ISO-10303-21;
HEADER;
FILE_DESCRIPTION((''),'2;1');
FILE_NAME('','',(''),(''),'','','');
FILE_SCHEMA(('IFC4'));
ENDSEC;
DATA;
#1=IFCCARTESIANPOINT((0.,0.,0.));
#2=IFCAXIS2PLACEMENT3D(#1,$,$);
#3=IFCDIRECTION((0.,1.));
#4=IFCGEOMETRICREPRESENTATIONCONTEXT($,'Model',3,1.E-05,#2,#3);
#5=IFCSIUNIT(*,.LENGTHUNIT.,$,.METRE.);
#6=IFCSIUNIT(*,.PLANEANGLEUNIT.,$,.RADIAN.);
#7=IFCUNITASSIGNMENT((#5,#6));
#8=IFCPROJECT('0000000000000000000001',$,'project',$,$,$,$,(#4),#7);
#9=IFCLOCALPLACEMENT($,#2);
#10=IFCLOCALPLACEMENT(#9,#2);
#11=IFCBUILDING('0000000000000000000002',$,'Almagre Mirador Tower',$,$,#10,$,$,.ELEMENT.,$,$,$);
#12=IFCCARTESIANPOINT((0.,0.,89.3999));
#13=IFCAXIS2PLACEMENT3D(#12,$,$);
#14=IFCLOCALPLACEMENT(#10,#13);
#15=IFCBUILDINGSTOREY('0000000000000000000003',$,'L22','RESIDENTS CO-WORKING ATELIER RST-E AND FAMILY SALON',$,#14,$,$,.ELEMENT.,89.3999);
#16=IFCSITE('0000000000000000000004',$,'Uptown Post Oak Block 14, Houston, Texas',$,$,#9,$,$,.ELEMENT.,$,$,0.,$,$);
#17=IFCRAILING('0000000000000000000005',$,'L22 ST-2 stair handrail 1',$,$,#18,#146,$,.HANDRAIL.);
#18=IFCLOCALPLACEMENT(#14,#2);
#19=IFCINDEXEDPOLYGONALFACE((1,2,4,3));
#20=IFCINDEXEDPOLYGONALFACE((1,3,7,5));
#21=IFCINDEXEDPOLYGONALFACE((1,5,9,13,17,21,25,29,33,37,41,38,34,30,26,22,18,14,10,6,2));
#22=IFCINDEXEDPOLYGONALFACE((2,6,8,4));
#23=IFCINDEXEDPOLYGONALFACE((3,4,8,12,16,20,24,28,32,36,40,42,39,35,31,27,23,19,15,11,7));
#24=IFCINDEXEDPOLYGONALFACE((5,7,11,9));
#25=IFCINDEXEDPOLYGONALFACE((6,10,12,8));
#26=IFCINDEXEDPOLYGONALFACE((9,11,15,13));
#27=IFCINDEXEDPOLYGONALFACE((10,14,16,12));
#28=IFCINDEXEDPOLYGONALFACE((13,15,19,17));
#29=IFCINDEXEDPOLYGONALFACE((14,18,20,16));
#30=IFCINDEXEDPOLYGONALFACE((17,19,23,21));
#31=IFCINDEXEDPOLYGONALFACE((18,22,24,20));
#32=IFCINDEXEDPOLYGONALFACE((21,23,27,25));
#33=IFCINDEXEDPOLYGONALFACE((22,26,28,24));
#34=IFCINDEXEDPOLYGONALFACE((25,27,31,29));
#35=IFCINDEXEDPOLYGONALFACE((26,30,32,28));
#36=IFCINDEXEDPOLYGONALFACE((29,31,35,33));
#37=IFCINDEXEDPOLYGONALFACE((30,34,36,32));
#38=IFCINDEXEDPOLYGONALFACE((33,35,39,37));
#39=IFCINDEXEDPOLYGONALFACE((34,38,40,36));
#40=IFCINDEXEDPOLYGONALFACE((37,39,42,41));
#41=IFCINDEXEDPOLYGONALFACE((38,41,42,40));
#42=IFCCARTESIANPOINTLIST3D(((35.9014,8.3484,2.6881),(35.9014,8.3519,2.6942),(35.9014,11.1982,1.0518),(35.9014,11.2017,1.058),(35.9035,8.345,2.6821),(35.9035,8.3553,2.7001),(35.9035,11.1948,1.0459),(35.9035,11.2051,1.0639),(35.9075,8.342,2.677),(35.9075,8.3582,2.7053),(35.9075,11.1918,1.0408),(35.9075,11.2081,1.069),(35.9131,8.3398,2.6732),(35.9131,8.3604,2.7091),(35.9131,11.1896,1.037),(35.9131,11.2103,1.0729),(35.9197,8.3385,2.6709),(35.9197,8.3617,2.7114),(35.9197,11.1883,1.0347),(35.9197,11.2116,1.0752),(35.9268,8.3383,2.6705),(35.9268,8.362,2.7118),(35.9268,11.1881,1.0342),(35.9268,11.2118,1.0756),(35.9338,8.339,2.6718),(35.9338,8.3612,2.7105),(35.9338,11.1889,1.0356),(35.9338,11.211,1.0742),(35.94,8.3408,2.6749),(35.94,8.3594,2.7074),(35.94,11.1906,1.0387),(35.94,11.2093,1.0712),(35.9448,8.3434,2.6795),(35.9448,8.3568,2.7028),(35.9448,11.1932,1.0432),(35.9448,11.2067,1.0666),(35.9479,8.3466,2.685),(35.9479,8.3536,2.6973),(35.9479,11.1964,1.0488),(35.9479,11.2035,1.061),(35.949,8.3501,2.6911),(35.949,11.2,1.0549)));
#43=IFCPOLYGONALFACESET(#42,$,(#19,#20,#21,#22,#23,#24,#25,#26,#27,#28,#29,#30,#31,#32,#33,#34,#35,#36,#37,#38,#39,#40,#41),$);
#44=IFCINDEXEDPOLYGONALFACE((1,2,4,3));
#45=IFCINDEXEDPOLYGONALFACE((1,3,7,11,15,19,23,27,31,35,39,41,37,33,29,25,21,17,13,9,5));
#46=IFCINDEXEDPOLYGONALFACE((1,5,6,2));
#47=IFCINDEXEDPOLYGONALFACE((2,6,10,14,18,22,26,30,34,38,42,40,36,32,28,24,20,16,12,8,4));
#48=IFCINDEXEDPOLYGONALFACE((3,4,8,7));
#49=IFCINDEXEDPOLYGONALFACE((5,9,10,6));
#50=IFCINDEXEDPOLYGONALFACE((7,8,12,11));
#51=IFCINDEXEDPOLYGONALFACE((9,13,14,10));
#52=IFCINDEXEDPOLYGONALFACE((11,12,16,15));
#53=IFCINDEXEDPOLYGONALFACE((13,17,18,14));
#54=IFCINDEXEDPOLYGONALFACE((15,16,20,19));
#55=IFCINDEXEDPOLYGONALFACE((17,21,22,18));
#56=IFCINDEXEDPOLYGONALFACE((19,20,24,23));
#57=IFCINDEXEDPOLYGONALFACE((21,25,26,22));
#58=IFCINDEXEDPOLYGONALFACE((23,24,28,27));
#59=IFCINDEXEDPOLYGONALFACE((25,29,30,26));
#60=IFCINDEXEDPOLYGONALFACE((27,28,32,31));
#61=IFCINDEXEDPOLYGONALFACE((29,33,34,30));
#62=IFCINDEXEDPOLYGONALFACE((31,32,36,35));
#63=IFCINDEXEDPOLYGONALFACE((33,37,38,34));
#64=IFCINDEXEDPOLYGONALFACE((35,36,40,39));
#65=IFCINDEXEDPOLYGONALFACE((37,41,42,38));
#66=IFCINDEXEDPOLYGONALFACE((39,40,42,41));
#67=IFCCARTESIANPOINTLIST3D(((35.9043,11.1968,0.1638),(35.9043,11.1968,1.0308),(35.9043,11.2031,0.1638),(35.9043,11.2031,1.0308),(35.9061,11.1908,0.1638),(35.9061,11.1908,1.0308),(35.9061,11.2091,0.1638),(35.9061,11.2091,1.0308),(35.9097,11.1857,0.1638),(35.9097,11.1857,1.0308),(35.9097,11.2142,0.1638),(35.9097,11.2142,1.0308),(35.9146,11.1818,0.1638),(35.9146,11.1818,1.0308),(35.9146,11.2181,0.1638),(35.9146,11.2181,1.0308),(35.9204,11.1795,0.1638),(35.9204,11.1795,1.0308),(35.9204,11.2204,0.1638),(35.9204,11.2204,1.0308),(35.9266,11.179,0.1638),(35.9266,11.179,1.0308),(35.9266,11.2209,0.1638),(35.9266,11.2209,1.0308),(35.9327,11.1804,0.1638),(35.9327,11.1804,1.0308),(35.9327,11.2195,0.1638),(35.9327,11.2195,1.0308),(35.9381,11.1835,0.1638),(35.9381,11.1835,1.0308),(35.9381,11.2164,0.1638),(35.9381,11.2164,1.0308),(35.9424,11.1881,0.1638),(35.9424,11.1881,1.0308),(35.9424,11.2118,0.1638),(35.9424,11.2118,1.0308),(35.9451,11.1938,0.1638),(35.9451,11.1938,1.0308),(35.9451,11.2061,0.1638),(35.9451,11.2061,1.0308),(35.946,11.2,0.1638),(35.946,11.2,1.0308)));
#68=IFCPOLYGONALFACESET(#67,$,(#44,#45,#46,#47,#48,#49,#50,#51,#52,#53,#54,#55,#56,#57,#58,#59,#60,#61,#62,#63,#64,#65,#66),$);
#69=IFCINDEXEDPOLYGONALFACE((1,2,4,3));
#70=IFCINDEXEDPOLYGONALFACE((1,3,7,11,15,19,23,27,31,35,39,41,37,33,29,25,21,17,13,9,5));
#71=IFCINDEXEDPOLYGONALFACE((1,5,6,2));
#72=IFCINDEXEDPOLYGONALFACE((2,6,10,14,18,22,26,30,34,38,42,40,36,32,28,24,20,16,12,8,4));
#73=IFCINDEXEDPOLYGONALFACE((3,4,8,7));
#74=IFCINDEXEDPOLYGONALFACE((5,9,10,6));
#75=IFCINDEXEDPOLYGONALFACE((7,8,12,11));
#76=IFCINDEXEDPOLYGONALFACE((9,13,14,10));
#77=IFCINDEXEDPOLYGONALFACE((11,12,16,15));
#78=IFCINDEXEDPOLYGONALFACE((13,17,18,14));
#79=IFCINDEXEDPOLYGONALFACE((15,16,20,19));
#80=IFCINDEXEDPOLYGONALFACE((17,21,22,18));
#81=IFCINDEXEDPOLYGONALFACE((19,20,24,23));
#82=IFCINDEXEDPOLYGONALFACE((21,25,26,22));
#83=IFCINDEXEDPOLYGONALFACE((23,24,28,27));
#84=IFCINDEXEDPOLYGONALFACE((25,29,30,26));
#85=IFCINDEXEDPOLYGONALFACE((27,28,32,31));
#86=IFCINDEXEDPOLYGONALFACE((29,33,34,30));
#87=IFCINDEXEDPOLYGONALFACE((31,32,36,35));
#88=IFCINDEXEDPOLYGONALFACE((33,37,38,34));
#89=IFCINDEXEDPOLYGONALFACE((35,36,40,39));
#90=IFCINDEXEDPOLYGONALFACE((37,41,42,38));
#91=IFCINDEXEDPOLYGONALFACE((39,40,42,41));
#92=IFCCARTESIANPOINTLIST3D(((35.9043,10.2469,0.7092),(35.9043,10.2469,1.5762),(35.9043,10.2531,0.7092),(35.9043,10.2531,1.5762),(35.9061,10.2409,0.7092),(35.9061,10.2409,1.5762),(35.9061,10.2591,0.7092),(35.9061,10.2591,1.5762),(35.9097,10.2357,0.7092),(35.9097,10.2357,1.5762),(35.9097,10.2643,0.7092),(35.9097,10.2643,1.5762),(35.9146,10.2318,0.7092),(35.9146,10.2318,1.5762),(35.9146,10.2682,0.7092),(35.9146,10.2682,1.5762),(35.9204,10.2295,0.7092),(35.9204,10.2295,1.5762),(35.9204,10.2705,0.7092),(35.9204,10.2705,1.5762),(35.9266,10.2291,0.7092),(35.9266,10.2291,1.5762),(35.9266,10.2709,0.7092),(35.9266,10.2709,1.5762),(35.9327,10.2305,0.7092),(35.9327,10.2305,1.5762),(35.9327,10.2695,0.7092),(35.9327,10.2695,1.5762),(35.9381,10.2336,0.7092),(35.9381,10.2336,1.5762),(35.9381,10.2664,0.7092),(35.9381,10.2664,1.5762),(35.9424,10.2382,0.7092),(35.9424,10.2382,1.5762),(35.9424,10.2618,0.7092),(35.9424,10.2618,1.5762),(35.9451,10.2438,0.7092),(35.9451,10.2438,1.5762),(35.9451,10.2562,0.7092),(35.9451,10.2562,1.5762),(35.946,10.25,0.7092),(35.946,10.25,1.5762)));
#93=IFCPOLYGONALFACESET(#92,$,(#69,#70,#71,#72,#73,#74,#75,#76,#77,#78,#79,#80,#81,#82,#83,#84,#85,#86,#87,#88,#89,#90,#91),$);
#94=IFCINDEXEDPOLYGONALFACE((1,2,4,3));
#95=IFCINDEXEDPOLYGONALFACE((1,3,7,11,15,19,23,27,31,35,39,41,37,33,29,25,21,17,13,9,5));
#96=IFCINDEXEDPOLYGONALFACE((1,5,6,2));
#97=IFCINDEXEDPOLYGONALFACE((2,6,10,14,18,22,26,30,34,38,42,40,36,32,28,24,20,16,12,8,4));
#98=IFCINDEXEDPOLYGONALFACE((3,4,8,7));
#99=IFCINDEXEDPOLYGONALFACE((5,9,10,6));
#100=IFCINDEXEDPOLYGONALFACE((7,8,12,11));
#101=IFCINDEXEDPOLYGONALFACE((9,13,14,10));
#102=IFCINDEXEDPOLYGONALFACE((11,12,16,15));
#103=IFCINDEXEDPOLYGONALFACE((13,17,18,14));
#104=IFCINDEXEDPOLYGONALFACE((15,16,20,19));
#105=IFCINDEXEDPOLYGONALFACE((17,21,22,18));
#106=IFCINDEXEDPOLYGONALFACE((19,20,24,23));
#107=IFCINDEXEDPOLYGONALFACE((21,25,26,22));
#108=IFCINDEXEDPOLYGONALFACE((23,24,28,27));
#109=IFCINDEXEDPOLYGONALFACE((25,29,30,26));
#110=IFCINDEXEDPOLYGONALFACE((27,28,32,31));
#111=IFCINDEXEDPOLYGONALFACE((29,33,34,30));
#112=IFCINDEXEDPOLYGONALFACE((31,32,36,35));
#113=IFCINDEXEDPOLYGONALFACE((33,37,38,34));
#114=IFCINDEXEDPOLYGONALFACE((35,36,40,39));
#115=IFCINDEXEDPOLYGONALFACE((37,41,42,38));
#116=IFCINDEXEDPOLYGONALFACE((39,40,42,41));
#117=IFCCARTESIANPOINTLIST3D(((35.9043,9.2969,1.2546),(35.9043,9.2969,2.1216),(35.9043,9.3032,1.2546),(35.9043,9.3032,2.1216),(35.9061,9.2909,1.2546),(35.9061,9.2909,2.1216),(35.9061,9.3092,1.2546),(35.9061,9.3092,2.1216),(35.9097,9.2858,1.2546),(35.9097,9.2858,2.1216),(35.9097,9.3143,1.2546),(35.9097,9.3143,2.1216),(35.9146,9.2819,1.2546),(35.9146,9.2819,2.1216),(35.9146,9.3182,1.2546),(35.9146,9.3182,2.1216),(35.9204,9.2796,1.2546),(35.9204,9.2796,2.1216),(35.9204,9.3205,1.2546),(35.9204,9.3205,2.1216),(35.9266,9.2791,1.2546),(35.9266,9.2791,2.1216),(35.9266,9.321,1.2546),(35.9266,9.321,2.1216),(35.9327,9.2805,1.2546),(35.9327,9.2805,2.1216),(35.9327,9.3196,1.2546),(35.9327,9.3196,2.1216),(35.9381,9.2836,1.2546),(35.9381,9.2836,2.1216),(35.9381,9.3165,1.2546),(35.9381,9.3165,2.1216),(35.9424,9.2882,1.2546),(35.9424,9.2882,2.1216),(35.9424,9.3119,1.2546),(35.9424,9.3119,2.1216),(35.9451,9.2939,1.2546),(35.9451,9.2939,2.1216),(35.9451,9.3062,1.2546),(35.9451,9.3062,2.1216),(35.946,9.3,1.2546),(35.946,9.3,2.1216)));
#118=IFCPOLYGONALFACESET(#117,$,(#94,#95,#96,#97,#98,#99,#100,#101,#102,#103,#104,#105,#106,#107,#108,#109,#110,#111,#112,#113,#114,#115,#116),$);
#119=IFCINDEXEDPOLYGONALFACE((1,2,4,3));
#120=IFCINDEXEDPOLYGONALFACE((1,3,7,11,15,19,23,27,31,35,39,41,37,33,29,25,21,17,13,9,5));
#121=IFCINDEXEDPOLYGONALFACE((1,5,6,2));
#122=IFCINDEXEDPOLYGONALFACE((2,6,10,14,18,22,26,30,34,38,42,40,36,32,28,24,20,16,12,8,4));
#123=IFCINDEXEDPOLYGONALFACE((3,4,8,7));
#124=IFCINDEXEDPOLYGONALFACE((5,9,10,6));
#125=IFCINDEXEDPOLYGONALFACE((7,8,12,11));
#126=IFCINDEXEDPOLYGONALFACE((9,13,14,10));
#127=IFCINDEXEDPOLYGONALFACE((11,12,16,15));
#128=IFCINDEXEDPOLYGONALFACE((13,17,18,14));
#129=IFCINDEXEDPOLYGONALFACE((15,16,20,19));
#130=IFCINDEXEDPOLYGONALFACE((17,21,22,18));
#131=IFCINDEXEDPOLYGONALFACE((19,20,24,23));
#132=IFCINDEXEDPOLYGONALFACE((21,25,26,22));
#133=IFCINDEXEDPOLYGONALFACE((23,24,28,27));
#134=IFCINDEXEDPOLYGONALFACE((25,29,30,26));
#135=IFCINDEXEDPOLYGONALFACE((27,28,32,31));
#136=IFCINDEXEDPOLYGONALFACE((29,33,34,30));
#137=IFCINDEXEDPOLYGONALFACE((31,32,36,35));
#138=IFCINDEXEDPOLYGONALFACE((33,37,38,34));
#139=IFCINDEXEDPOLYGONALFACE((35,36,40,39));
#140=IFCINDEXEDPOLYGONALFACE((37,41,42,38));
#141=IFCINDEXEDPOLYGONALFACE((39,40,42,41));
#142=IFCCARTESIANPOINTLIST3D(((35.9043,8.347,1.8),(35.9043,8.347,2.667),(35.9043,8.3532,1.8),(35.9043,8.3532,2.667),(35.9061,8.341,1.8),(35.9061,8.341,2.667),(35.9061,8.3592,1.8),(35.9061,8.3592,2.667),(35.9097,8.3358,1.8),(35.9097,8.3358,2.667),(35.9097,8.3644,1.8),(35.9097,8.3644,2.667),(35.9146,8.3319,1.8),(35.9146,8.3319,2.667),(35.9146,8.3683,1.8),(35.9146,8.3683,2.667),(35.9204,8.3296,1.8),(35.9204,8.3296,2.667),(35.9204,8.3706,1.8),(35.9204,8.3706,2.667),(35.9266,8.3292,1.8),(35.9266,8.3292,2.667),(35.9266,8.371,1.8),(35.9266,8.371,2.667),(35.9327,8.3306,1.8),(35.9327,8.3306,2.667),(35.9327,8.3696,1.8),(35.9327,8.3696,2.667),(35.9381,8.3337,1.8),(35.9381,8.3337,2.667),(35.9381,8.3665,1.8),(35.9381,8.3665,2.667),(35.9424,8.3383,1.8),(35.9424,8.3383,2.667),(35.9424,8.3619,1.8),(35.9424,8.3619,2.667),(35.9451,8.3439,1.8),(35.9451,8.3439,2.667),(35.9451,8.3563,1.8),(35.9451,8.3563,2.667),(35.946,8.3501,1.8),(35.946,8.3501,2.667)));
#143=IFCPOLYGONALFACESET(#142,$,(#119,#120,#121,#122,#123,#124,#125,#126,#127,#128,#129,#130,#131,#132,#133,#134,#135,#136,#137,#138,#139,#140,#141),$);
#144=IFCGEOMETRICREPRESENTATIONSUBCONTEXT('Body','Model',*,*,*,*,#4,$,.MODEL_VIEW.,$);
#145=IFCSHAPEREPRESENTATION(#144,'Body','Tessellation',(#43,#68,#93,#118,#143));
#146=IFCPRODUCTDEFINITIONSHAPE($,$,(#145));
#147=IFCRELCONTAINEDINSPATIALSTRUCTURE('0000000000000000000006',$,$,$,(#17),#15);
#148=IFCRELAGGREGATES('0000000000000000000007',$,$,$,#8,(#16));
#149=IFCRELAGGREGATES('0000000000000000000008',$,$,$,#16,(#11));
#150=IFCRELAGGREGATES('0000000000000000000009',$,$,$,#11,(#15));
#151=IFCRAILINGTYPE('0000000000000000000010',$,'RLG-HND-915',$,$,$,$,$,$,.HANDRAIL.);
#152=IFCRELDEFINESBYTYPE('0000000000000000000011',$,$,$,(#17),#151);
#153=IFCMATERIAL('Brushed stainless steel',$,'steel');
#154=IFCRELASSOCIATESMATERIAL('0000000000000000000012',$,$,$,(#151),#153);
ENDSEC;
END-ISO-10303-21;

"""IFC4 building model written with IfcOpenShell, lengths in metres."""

from ifc_helpers import new_model, si_unit, direction, frame, origin, origin_2d, place, context, subcontext, project, spatial, circle, extrude, material, type_object, element, save


model = new_model("IFC4")

# Units and contexts
model_context = context("Model", 3, precision=1e-05, world=origin(), true_north=direction((0.0, 1.0)))
body_context = subcontext(model_context, "Body", "Model", "MODEL_VIEW")
ifc_project = project(units=[si_unit("LENGTHUNIT", "METRE"), si_unit("PLANEANGLEUNIT", "RADIAN")], contexts=[model_context])

# Site, building, storey
site_placement = place(None, origin())
site = spatial("IfcSite", under=ifc_project, at=site_placement, Name="Uptown Post Oak Block 14, Houston, Texas", CompositionType="ELEMENT", RefElevation=0.0)
building_placement = place(site_placement, origin())
building = spatial("IfcBuilding", under=site, at=building_placement, Name="Almagre Mirador Tower", CompositionType="ELEMENT")
storey_placement = place(building_placement, frame((0.0, 0.0, 89.3999)))
storey = spatial("IfcBuildingStorey", under=building, at=storey_placement, Name="L22", Description="RESIDENTS CO-WORKING ATELIER RST-E AND FAMILY SALON", CompositionType="ELEMENT", Elevation=89.3999)

# Railing
ifc_material_1 = material(Name="Brushed stainless steel", Category="steel")
railing_type_1 = type_object("IfcRailingType", Name="RLG-HND-915", PredefinedType="HANDRAIL", material=ifc_material_1)
railing_1_placement = place(storey_placement, frame((35.925, 11.2, 0.1638)))
element("IfcRailing", 1, at=railing_1_placement, inside=storey, type_object=railing_type_1, Name="L22 ST-2 stair handrail 1", PredefinedType="HANDRAIL", context=body_context, shape_type="SweptSolid", body=[
    extrude(circle(Radius=0.0239, at=origin_2d()), frame((0.0, 0.0, 0.8911), z_axis=(0.0, -0.867226, 0.497914), x_axis=(1.0, 0.0, 0.0)), (0.0, 0.0, 1.0), 3.2861),
    extrude(circle(Radius=0.021, at=origin_2d()), origin(), (0.0, 0.0, 1.0), 0.8669),
    extrude(circle(Radius=0.021, at=origin_2d()), frame((0.0, -0.95, 0.5454)), (0.0, 0.0, 1.0), 0.8669),
    extrude(circle(Radius=0.021, at=origin_2d()), frame((0.0, -1.8999, 1.0908)), (0.0, 0.0, 1.0), 0.8669),
    extrude(circle(Radius=0.021, at=origin_2d()), frame((0.0, -2.8499, 1.6362)), (0.0, 0.0, 1.0), 0.8669),
])

save(model, "model.ifc")
